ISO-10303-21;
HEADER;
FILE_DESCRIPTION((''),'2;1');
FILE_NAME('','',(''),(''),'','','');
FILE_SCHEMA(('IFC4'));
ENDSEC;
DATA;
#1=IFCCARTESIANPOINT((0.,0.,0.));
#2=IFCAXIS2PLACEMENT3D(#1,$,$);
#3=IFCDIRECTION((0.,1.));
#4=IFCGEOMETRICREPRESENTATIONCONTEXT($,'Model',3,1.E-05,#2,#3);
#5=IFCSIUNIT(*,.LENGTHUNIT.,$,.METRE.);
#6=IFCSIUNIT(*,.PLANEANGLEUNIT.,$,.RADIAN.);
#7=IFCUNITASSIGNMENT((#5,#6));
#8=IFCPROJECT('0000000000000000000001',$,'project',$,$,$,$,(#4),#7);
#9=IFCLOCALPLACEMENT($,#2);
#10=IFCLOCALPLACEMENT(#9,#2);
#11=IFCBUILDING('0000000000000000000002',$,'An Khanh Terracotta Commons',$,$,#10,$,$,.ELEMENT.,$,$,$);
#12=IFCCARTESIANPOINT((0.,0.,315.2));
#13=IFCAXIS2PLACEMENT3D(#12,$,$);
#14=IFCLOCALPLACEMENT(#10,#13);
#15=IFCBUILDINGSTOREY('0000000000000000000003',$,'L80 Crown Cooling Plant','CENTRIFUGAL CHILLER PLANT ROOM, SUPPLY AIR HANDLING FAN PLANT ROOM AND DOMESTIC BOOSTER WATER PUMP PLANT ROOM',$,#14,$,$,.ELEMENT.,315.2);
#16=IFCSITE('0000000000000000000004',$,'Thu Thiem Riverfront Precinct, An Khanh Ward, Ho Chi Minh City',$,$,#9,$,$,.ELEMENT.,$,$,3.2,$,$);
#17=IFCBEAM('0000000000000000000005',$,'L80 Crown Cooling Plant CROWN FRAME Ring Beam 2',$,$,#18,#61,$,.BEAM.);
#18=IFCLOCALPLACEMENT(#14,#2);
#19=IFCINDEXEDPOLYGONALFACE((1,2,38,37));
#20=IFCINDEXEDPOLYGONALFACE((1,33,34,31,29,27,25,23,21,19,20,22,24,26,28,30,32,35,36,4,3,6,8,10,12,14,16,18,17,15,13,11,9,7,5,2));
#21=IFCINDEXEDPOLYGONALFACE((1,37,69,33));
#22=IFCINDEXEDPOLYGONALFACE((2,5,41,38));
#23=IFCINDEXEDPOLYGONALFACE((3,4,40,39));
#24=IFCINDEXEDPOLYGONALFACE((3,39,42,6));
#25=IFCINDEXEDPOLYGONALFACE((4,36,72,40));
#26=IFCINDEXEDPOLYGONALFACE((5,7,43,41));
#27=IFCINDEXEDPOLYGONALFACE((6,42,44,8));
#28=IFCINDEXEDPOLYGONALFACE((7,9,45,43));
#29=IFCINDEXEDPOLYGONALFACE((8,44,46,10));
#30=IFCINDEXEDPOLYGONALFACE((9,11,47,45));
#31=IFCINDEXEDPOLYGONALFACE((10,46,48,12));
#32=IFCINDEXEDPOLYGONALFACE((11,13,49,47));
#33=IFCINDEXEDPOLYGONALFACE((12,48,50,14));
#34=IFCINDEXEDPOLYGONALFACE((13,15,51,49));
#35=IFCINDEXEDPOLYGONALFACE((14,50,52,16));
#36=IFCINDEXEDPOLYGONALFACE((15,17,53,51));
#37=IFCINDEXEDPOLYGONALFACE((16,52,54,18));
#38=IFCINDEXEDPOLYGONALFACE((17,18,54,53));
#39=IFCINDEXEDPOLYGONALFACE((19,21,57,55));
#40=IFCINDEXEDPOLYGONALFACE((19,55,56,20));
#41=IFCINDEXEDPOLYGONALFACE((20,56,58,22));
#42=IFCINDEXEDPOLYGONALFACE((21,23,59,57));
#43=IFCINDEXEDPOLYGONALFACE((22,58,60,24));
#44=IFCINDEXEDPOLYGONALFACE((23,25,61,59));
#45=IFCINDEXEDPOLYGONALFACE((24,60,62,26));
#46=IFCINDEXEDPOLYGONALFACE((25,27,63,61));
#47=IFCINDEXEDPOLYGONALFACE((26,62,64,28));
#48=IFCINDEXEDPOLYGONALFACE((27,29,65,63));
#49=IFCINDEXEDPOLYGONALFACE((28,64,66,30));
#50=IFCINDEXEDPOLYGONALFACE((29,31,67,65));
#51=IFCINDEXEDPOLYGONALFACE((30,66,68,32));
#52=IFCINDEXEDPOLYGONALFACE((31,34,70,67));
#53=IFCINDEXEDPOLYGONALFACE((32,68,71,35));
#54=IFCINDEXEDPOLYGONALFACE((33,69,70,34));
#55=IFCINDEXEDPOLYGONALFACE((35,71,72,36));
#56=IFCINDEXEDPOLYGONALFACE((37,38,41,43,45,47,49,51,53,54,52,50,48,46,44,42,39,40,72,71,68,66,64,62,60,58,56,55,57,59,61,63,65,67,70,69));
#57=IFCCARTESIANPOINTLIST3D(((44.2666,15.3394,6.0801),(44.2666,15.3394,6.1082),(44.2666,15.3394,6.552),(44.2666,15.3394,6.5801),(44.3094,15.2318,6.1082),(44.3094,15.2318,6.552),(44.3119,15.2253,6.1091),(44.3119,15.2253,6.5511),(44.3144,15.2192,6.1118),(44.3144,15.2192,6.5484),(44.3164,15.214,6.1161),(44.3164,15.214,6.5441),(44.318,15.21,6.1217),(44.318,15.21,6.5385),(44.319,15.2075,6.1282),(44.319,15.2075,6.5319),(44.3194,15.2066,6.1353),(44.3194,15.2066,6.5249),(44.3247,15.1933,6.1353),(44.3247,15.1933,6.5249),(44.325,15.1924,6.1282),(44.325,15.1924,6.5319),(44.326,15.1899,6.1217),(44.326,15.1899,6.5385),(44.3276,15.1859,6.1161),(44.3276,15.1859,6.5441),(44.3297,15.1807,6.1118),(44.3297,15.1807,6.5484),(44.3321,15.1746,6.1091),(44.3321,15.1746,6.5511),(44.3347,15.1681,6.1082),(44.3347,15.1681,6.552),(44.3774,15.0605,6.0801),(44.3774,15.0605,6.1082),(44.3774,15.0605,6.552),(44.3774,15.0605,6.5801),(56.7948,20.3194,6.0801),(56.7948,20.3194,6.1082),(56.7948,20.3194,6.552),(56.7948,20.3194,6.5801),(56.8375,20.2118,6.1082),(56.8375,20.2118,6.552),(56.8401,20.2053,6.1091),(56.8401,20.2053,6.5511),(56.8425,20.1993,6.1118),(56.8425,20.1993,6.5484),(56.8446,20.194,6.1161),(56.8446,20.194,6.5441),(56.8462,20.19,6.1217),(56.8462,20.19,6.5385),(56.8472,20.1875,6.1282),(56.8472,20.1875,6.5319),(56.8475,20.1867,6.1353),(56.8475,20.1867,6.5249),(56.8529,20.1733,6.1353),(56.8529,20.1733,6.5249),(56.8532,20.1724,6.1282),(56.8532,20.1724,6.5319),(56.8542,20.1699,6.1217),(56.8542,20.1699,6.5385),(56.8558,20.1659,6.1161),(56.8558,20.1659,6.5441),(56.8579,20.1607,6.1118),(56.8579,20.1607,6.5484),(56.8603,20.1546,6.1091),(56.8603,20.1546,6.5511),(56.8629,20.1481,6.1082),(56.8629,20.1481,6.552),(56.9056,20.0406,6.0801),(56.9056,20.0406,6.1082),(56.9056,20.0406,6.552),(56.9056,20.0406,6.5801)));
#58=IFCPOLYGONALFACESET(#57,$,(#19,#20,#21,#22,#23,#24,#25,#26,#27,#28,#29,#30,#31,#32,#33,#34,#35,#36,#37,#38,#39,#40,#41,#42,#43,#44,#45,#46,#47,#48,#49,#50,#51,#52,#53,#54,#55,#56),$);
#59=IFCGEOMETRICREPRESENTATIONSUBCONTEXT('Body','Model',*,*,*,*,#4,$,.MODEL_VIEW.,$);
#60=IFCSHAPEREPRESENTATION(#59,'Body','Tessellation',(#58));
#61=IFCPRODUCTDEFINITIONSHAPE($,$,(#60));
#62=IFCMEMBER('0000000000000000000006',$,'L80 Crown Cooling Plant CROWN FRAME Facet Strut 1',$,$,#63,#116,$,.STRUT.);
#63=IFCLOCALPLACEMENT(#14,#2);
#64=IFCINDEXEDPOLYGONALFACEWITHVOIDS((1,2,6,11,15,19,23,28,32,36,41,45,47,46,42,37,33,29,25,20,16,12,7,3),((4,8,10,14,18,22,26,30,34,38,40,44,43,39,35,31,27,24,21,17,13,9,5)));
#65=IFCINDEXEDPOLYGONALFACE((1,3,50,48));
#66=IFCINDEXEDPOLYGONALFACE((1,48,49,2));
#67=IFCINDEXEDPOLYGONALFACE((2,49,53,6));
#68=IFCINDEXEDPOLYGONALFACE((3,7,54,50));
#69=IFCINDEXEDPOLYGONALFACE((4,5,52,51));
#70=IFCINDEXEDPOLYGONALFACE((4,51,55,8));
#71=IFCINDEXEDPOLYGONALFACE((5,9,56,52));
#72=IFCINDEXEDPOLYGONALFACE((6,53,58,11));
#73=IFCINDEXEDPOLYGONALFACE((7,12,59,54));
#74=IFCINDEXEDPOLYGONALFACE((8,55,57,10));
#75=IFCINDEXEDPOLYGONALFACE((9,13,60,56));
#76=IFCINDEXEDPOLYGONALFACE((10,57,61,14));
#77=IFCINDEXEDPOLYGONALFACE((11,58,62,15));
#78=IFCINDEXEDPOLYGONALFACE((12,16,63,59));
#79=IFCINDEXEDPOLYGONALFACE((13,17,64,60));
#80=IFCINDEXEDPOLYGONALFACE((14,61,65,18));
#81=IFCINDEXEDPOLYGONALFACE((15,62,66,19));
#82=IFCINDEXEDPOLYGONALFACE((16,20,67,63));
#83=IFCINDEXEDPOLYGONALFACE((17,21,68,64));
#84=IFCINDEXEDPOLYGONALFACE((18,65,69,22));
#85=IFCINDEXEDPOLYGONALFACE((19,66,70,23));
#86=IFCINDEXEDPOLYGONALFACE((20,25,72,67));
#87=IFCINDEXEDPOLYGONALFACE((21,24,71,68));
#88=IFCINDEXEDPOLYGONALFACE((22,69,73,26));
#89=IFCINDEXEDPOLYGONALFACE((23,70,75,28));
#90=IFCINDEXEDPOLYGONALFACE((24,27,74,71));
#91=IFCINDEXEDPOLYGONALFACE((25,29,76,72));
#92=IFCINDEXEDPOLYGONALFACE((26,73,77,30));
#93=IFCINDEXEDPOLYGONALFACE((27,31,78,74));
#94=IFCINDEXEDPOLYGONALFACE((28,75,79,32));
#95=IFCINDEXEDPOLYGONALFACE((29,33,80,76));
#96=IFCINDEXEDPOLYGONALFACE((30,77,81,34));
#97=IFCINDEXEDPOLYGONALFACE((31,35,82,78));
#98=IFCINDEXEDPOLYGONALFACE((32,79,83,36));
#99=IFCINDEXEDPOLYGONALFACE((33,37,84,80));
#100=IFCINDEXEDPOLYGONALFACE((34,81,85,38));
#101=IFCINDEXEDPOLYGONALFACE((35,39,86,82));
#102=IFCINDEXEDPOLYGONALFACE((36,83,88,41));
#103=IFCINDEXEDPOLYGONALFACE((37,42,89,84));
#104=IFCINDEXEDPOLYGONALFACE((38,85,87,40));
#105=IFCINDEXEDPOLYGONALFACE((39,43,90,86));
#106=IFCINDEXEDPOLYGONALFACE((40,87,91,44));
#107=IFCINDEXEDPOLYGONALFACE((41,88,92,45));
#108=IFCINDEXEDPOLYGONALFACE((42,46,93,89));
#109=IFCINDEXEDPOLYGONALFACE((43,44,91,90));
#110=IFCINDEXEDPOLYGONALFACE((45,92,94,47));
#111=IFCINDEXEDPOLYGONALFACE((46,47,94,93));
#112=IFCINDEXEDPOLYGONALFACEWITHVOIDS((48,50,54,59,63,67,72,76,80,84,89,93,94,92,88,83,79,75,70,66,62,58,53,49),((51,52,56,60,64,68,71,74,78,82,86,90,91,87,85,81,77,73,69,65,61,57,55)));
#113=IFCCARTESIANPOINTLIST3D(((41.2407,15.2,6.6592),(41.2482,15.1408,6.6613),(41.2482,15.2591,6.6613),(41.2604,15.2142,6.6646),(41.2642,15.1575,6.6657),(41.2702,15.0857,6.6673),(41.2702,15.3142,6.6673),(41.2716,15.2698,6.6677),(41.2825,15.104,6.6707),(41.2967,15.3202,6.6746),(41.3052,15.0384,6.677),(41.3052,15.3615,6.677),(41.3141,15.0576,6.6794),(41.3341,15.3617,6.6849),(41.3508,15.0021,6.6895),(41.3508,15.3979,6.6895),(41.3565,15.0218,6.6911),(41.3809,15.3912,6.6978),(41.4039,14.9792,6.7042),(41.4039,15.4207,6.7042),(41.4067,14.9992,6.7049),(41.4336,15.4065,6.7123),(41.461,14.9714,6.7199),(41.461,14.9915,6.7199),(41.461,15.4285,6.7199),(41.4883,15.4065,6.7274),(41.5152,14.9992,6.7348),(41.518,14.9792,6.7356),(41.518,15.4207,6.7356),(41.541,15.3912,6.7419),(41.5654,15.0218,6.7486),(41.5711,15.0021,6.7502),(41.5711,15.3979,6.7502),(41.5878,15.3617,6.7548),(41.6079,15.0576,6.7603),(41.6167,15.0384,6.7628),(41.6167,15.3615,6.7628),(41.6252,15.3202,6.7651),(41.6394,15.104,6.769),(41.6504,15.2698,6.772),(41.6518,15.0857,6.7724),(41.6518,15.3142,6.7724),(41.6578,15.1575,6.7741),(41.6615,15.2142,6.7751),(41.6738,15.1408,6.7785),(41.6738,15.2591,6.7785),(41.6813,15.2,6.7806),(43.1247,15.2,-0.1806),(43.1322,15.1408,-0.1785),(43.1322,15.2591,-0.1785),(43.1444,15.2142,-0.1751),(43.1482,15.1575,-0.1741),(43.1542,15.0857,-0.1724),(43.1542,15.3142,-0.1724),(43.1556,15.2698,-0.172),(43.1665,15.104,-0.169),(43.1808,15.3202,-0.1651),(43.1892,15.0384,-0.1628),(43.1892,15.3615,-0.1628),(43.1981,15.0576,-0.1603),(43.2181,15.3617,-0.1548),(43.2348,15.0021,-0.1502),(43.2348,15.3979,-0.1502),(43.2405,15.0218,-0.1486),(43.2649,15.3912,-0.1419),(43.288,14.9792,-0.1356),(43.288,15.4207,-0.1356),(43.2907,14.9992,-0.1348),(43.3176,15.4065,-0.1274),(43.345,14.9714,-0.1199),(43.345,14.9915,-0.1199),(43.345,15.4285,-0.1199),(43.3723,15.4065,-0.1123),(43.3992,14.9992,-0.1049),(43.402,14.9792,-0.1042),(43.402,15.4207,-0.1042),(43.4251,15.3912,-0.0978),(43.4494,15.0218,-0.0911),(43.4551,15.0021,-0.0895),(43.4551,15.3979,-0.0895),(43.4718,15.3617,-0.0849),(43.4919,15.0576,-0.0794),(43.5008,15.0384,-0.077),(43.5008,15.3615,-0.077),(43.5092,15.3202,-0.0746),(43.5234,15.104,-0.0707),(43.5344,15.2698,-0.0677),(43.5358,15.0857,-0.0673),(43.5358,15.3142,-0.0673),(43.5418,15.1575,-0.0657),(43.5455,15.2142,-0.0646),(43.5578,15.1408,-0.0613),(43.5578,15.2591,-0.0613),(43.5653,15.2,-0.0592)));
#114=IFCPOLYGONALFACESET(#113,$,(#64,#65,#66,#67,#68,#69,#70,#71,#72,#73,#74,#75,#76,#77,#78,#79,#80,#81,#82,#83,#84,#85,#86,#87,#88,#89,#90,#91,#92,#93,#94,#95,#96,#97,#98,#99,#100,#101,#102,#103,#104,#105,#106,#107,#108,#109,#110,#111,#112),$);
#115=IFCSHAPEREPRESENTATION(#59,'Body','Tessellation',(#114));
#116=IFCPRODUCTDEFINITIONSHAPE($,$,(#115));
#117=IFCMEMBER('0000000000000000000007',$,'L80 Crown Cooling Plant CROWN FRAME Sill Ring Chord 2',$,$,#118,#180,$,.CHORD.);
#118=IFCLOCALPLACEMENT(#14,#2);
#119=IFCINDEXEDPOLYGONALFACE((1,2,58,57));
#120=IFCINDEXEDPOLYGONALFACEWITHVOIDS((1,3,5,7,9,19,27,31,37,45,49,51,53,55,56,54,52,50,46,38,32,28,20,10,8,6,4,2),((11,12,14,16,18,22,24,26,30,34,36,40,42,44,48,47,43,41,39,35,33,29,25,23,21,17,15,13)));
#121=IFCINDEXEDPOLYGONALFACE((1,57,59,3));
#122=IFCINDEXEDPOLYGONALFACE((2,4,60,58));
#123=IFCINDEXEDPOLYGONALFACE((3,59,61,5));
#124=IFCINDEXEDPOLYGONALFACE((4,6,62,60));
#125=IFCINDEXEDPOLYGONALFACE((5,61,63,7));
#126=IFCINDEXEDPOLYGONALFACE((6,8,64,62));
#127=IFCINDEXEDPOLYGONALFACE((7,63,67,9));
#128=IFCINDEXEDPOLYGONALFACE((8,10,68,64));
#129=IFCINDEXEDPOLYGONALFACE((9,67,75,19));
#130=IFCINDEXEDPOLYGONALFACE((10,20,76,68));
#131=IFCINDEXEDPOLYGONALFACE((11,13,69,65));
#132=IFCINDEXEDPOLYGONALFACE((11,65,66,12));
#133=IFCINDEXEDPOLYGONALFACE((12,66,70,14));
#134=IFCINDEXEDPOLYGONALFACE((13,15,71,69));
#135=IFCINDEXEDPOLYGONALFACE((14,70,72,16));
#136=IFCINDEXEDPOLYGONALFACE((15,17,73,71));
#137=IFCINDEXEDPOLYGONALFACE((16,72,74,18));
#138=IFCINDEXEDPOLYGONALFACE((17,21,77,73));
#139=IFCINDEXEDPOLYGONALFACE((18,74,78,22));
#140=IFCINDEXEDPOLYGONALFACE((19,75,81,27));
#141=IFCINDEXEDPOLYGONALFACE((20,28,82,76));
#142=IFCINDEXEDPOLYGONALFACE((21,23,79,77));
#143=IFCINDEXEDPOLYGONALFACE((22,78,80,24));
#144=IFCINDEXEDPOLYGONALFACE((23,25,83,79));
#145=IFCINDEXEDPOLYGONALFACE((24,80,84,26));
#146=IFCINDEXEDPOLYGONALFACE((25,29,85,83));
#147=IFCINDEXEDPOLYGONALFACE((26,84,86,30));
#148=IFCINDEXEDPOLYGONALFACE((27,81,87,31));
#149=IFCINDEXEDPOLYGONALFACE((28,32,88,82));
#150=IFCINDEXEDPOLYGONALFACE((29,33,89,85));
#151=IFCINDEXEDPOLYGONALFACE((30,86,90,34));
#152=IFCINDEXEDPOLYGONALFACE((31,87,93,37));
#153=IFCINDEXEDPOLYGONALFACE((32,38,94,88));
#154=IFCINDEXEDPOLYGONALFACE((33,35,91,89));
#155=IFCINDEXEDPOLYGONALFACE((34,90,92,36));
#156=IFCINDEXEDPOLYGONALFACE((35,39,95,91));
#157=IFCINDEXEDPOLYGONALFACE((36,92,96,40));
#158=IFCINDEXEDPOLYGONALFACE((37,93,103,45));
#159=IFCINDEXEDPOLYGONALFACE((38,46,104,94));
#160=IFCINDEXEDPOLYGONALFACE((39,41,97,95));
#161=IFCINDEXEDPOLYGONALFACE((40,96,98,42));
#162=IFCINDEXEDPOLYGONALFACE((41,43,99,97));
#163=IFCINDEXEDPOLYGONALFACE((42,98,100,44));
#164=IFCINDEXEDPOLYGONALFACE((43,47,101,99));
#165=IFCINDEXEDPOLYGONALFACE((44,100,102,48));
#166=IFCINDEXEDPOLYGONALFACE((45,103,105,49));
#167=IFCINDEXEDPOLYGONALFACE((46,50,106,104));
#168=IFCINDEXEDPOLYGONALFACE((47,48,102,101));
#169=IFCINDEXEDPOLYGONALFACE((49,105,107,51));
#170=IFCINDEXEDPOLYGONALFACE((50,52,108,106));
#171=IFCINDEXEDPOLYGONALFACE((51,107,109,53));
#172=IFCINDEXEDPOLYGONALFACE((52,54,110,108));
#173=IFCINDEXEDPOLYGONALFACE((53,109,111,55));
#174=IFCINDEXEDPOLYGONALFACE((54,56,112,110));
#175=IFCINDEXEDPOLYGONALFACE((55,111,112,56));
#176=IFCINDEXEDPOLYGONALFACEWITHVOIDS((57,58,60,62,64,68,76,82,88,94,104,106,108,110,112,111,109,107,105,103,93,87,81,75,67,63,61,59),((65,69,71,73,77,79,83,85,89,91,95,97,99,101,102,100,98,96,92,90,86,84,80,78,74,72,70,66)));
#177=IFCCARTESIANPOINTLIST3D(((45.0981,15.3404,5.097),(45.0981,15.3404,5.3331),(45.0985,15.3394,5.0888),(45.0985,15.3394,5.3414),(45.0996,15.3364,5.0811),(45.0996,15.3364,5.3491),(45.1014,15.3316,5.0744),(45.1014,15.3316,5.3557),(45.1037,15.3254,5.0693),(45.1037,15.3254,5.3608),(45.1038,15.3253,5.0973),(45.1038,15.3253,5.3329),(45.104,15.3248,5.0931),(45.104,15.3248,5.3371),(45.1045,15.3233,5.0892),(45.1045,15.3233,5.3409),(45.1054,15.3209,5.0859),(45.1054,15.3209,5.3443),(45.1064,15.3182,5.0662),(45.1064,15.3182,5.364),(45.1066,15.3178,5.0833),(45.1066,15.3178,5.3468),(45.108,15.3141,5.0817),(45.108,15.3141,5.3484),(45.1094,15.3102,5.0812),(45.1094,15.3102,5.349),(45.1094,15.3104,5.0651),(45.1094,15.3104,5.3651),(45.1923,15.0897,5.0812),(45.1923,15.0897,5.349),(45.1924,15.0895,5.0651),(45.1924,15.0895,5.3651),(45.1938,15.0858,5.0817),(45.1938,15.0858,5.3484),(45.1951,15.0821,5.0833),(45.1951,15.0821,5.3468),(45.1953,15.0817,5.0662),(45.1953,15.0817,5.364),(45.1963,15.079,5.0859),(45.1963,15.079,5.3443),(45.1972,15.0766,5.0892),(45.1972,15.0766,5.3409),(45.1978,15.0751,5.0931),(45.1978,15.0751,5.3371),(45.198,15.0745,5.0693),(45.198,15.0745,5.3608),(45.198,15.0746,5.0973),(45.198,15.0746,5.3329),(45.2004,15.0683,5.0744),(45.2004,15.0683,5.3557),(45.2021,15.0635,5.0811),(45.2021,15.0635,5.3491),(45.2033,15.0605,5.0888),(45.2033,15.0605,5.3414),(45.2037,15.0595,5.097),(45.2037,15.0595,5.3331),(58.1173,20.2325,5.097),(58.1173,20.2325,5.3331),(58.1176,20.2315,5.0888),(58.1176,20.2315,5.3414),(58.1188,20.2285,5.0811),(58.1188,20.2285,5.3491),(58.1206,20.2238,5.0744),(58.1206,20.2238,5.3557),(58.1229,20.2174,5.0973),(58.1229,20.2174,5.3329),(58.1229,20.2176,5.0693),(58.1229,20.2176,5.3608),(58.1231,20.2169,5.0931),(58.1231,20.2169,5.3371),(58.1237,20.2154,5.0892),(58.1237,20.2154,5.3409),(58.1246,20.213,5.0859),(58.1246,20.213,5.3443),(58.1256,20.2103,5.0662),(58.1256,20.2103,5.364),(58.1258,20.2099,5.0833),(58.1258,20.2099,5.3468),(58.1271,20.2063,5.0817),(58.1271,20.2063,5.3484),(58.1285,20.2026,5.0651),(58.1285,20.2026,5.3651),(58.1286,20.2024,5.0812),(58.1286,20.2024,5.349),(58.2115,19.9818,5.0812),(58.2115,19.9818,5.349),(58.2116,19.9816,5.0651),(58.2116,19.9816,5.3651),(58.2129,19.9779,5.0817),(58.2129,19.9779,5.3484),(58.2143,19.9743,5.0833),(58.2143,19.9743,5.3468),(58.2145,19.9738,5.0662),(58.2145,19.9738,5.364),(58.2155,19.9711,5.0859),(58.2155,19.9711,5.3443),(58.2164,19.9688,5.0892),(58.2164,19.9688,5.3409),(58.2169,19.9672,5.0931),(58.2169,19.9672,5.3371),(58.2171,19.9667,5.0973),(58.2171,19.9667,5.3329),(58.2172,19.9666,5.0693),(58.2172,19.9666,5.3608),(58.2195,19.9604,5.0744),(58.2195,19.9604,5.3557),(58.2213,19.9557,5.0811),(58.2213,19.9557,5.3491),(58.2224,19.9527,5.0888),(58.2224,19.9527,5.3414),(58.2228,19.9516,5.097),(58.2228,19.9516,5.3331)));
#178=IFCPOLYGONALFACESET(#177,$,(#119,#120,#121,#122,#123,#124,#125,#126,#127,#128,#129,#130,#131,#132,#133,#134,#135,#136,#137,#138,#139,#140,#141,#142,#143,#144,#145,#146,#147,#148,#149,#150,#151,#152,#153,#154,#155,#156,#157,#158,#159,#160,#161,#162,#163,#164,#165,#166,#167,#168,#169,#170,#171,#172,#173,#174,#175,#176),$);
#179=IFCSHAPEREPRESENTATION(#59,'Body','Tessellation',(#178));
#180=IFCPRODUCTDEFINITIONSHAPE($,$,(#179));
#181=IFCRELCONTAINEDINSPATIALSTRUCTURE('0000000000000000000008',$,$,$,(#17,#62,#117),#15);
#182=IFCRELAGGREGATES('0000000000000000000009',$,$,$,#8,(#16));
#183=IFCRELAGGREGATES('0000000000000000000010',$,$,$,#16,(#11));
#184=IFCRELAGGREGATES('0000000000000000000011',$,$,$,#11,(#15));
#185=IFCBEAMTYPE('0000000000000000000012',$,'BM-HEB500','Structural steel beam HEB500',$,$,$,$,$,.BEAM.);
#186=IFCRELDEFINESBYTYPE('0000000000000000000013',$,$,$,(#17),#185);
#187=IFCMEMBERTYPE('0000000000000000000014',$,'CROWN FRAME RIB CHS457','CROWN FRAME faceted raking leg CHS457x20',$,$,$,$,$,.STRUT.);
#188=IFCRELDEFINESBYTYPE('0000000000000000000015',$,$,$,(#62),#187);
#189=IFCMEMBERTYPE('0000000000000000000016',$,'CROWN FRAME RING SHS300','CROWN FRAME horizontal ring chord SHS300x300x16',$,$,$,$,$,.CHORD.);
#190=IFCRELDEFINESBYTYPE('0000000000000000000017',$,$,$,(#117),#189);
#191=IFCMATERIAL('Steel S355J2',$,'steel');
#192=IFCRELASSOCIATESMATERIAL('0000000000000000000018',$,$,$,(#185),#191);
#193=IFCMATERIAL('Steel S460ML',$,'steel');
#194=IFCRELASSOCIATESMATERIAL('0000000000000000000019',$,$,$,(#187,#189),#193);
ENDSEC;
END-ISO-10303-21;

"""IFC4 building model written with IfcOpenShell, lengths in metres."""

from ifc_helpers import new_model, si_unit, direction, frame, origin, origin_2d, place, context, subcontext, project, spatial, hollow_rectangle, hollow_circle, i_section, extrude, material, material_profile, profile_set, type_object, element, save


model = new_model("IFC4")

# Units and contexts
model_context = context("Model", 3, precision=1e-05, world=origin(), true_north=direction((0.0, 1.0)))
body_context = subcontext(model_context, "Body", "Model", "MODEL_VIEW")
ifc_project = project(units=[si_unit("LENGTHUNIT", "METRE"), si_unit("PLANEANGLEUNIT", "RADIAN")], contexts=[model_context])

# Site, building, storey
site_placement = place(None, origin())
site = spatial("IfcSite", under=ifc_project, at=site_placement, Name="Thu Thiem Riverfront Precinct, An Khanh Ward, Ho Chi Minh City", CompositionType="ELEMENT", RefElevation=3.2)
building_placement = place(site_placement, origin())
building = spatial("IfcBuilding", under=site, at=building_placement, Name="An Khanh Terracotta Commons", CompositionType="ELEMENT")
storey_placement = place(building_placement, frame((0.0, 0.0, 315.2)))
storey = spatial("IfcBuildingStorey", under=building, at=storey_placement, Name="L80 Crown Cooling Plant", Description="CENTRIFUGAL CHILLER PLANT ROOM, SUPPLY AIR HANDLING FAN PLANT ROOM AND DOMESTIC BOOSTER WATER PUMP PLANT ROOM", CompositionType="ELEMENT", Elevation=315.2)

# Beam
ifc_material_1 = material(Name="Steel S355J2", Category="steel")
ifc_material_profile_1 = material_profile(ifc_material_1, i_section(OverallWidth=0.3, OverallDepth=0.5, WebThickness=0.0144, FlangeThickness=0.0281, FilletRadius=0.0271, at=origin_2d()), Name="HEB500")
ifc_profile_set_1 = profile_set([ifc_material_profile_1], Name="Steel S355J2")
beam_type = type_object("IfcBeamType", Name="BM-HEB500", Description="Structural steel beam HEB500", PredefinedType="BEAM", material=ifc_profile_set_1)
beam_placement = place(storey_placement, frame((44.322, 15.2, 6.3301), z_axis=(0.929274, 0.369392, 0.0), x_axis=(-0.369392, 0.929274, 0.0)))
element("IfcBeam", 1, at=beam_placement, inside=storey, type_object=beam_type, Name="L80 Crown Cooling Plant CROWN FRAME Ring Beam 2", PredefinedType="BEAM", context=body_context, shape_type="SweptSolid", body=[
    extrude(i_section(OverallWidth=0.3, OverallDepth=0.5, WebThickness=0.0144, FlangeThickness=0.0281, FilletRadius=0.0271, at=origin_2d()), origin(), (0.0, 0.0, 1.0), 13.4817),
])

# Members
ifc_material_2 = material(Name="Steel S460ML", Category="steel")
ifc_material_profile_2 = material_profile(ifc_material_2, hollow_circle(Radius=0.2285, WallThickness=0.02, at=origin_2d()), Name="CHS457x20")
ifc_profile_set_2 = profile_set([ifc_material_profile_2], Name="Steel S460ML")
member_type_1 = type_object("IfcMemberType", Name="CROWN FRAME RIB CHS457", Description="CROWN FRAME faceted raking leg CHS457x20", PredefinedType="STRUT", material=ifc_profile_set_2)
member_1_placement = place(storey_placement, frame((43.345, 15.2, -0.1199), z_axis=(-0.26556, 0.0, 0.964094), x_axis=(0.0, -1.0, 0.0)))
element("IfcMember", 2, at=member_1_placement, inside=storey, type_object=member_type_1, Name="L80 Crown Cooling Plant CROWN FRAME Facet Strut 1", PredefinedType="STRUT", context=body_context, shape_type="SweptSolid", body=[
    extrude(hollow_circle(Radius=0.2285, WallThickness=0.02, at=origin_2d()), origin(), (0.0, 0.0, 1.0), 7.0945),
])
ifc_material_profile_3 = material_profile(ifc_material_2, hollow_rectangle(XDim=0.3, YDim=0.3, WallThickness=0.0161, InnerFilletRadius=0.0161, OuterFilletRadius=0.032, at=origin_2d()), Name="SHS300x300x16")
ifc_profile_set_3 = profile_set([ifc_material_profile_3], Name="Steel S460ML")
member_type_2 = type_object("IfcMemberType", Name="CROWN FRAME RING SHS300", Description="CROWN FRAME horizontal ring chord SHS300x300x16", PredefinedType="CHORD", material=ifc_profile_set_3)
member_2_placement = place(storey_placement, frame((45.1509, 15.2, 5.2151), z_axis=(0.936094, 0.351751, 0.0), x_axis=(-0.351751, 0.936094, 0.0)))
element("IfcMember", 3, at=member_2_placement, inside=storey, type_object=member_type_2, Name="L80 Crown Cooling Plant CROWN FRAME Sill Ring Chord 2", PredefinedType="CHORD", context=body_context, shape_type="SweptSolid", body=[
    extrude(hollow_rectangle(XDim=0.3, YDim=0.3, WallThickness=0.0161, InnerFilletRadius=0.0161, OuterFilletRadius=0.032, at=origin_2d()), origin(), (0.0, 0.0, 1.0), 13.908),
])

save(model, "model.ifc")
